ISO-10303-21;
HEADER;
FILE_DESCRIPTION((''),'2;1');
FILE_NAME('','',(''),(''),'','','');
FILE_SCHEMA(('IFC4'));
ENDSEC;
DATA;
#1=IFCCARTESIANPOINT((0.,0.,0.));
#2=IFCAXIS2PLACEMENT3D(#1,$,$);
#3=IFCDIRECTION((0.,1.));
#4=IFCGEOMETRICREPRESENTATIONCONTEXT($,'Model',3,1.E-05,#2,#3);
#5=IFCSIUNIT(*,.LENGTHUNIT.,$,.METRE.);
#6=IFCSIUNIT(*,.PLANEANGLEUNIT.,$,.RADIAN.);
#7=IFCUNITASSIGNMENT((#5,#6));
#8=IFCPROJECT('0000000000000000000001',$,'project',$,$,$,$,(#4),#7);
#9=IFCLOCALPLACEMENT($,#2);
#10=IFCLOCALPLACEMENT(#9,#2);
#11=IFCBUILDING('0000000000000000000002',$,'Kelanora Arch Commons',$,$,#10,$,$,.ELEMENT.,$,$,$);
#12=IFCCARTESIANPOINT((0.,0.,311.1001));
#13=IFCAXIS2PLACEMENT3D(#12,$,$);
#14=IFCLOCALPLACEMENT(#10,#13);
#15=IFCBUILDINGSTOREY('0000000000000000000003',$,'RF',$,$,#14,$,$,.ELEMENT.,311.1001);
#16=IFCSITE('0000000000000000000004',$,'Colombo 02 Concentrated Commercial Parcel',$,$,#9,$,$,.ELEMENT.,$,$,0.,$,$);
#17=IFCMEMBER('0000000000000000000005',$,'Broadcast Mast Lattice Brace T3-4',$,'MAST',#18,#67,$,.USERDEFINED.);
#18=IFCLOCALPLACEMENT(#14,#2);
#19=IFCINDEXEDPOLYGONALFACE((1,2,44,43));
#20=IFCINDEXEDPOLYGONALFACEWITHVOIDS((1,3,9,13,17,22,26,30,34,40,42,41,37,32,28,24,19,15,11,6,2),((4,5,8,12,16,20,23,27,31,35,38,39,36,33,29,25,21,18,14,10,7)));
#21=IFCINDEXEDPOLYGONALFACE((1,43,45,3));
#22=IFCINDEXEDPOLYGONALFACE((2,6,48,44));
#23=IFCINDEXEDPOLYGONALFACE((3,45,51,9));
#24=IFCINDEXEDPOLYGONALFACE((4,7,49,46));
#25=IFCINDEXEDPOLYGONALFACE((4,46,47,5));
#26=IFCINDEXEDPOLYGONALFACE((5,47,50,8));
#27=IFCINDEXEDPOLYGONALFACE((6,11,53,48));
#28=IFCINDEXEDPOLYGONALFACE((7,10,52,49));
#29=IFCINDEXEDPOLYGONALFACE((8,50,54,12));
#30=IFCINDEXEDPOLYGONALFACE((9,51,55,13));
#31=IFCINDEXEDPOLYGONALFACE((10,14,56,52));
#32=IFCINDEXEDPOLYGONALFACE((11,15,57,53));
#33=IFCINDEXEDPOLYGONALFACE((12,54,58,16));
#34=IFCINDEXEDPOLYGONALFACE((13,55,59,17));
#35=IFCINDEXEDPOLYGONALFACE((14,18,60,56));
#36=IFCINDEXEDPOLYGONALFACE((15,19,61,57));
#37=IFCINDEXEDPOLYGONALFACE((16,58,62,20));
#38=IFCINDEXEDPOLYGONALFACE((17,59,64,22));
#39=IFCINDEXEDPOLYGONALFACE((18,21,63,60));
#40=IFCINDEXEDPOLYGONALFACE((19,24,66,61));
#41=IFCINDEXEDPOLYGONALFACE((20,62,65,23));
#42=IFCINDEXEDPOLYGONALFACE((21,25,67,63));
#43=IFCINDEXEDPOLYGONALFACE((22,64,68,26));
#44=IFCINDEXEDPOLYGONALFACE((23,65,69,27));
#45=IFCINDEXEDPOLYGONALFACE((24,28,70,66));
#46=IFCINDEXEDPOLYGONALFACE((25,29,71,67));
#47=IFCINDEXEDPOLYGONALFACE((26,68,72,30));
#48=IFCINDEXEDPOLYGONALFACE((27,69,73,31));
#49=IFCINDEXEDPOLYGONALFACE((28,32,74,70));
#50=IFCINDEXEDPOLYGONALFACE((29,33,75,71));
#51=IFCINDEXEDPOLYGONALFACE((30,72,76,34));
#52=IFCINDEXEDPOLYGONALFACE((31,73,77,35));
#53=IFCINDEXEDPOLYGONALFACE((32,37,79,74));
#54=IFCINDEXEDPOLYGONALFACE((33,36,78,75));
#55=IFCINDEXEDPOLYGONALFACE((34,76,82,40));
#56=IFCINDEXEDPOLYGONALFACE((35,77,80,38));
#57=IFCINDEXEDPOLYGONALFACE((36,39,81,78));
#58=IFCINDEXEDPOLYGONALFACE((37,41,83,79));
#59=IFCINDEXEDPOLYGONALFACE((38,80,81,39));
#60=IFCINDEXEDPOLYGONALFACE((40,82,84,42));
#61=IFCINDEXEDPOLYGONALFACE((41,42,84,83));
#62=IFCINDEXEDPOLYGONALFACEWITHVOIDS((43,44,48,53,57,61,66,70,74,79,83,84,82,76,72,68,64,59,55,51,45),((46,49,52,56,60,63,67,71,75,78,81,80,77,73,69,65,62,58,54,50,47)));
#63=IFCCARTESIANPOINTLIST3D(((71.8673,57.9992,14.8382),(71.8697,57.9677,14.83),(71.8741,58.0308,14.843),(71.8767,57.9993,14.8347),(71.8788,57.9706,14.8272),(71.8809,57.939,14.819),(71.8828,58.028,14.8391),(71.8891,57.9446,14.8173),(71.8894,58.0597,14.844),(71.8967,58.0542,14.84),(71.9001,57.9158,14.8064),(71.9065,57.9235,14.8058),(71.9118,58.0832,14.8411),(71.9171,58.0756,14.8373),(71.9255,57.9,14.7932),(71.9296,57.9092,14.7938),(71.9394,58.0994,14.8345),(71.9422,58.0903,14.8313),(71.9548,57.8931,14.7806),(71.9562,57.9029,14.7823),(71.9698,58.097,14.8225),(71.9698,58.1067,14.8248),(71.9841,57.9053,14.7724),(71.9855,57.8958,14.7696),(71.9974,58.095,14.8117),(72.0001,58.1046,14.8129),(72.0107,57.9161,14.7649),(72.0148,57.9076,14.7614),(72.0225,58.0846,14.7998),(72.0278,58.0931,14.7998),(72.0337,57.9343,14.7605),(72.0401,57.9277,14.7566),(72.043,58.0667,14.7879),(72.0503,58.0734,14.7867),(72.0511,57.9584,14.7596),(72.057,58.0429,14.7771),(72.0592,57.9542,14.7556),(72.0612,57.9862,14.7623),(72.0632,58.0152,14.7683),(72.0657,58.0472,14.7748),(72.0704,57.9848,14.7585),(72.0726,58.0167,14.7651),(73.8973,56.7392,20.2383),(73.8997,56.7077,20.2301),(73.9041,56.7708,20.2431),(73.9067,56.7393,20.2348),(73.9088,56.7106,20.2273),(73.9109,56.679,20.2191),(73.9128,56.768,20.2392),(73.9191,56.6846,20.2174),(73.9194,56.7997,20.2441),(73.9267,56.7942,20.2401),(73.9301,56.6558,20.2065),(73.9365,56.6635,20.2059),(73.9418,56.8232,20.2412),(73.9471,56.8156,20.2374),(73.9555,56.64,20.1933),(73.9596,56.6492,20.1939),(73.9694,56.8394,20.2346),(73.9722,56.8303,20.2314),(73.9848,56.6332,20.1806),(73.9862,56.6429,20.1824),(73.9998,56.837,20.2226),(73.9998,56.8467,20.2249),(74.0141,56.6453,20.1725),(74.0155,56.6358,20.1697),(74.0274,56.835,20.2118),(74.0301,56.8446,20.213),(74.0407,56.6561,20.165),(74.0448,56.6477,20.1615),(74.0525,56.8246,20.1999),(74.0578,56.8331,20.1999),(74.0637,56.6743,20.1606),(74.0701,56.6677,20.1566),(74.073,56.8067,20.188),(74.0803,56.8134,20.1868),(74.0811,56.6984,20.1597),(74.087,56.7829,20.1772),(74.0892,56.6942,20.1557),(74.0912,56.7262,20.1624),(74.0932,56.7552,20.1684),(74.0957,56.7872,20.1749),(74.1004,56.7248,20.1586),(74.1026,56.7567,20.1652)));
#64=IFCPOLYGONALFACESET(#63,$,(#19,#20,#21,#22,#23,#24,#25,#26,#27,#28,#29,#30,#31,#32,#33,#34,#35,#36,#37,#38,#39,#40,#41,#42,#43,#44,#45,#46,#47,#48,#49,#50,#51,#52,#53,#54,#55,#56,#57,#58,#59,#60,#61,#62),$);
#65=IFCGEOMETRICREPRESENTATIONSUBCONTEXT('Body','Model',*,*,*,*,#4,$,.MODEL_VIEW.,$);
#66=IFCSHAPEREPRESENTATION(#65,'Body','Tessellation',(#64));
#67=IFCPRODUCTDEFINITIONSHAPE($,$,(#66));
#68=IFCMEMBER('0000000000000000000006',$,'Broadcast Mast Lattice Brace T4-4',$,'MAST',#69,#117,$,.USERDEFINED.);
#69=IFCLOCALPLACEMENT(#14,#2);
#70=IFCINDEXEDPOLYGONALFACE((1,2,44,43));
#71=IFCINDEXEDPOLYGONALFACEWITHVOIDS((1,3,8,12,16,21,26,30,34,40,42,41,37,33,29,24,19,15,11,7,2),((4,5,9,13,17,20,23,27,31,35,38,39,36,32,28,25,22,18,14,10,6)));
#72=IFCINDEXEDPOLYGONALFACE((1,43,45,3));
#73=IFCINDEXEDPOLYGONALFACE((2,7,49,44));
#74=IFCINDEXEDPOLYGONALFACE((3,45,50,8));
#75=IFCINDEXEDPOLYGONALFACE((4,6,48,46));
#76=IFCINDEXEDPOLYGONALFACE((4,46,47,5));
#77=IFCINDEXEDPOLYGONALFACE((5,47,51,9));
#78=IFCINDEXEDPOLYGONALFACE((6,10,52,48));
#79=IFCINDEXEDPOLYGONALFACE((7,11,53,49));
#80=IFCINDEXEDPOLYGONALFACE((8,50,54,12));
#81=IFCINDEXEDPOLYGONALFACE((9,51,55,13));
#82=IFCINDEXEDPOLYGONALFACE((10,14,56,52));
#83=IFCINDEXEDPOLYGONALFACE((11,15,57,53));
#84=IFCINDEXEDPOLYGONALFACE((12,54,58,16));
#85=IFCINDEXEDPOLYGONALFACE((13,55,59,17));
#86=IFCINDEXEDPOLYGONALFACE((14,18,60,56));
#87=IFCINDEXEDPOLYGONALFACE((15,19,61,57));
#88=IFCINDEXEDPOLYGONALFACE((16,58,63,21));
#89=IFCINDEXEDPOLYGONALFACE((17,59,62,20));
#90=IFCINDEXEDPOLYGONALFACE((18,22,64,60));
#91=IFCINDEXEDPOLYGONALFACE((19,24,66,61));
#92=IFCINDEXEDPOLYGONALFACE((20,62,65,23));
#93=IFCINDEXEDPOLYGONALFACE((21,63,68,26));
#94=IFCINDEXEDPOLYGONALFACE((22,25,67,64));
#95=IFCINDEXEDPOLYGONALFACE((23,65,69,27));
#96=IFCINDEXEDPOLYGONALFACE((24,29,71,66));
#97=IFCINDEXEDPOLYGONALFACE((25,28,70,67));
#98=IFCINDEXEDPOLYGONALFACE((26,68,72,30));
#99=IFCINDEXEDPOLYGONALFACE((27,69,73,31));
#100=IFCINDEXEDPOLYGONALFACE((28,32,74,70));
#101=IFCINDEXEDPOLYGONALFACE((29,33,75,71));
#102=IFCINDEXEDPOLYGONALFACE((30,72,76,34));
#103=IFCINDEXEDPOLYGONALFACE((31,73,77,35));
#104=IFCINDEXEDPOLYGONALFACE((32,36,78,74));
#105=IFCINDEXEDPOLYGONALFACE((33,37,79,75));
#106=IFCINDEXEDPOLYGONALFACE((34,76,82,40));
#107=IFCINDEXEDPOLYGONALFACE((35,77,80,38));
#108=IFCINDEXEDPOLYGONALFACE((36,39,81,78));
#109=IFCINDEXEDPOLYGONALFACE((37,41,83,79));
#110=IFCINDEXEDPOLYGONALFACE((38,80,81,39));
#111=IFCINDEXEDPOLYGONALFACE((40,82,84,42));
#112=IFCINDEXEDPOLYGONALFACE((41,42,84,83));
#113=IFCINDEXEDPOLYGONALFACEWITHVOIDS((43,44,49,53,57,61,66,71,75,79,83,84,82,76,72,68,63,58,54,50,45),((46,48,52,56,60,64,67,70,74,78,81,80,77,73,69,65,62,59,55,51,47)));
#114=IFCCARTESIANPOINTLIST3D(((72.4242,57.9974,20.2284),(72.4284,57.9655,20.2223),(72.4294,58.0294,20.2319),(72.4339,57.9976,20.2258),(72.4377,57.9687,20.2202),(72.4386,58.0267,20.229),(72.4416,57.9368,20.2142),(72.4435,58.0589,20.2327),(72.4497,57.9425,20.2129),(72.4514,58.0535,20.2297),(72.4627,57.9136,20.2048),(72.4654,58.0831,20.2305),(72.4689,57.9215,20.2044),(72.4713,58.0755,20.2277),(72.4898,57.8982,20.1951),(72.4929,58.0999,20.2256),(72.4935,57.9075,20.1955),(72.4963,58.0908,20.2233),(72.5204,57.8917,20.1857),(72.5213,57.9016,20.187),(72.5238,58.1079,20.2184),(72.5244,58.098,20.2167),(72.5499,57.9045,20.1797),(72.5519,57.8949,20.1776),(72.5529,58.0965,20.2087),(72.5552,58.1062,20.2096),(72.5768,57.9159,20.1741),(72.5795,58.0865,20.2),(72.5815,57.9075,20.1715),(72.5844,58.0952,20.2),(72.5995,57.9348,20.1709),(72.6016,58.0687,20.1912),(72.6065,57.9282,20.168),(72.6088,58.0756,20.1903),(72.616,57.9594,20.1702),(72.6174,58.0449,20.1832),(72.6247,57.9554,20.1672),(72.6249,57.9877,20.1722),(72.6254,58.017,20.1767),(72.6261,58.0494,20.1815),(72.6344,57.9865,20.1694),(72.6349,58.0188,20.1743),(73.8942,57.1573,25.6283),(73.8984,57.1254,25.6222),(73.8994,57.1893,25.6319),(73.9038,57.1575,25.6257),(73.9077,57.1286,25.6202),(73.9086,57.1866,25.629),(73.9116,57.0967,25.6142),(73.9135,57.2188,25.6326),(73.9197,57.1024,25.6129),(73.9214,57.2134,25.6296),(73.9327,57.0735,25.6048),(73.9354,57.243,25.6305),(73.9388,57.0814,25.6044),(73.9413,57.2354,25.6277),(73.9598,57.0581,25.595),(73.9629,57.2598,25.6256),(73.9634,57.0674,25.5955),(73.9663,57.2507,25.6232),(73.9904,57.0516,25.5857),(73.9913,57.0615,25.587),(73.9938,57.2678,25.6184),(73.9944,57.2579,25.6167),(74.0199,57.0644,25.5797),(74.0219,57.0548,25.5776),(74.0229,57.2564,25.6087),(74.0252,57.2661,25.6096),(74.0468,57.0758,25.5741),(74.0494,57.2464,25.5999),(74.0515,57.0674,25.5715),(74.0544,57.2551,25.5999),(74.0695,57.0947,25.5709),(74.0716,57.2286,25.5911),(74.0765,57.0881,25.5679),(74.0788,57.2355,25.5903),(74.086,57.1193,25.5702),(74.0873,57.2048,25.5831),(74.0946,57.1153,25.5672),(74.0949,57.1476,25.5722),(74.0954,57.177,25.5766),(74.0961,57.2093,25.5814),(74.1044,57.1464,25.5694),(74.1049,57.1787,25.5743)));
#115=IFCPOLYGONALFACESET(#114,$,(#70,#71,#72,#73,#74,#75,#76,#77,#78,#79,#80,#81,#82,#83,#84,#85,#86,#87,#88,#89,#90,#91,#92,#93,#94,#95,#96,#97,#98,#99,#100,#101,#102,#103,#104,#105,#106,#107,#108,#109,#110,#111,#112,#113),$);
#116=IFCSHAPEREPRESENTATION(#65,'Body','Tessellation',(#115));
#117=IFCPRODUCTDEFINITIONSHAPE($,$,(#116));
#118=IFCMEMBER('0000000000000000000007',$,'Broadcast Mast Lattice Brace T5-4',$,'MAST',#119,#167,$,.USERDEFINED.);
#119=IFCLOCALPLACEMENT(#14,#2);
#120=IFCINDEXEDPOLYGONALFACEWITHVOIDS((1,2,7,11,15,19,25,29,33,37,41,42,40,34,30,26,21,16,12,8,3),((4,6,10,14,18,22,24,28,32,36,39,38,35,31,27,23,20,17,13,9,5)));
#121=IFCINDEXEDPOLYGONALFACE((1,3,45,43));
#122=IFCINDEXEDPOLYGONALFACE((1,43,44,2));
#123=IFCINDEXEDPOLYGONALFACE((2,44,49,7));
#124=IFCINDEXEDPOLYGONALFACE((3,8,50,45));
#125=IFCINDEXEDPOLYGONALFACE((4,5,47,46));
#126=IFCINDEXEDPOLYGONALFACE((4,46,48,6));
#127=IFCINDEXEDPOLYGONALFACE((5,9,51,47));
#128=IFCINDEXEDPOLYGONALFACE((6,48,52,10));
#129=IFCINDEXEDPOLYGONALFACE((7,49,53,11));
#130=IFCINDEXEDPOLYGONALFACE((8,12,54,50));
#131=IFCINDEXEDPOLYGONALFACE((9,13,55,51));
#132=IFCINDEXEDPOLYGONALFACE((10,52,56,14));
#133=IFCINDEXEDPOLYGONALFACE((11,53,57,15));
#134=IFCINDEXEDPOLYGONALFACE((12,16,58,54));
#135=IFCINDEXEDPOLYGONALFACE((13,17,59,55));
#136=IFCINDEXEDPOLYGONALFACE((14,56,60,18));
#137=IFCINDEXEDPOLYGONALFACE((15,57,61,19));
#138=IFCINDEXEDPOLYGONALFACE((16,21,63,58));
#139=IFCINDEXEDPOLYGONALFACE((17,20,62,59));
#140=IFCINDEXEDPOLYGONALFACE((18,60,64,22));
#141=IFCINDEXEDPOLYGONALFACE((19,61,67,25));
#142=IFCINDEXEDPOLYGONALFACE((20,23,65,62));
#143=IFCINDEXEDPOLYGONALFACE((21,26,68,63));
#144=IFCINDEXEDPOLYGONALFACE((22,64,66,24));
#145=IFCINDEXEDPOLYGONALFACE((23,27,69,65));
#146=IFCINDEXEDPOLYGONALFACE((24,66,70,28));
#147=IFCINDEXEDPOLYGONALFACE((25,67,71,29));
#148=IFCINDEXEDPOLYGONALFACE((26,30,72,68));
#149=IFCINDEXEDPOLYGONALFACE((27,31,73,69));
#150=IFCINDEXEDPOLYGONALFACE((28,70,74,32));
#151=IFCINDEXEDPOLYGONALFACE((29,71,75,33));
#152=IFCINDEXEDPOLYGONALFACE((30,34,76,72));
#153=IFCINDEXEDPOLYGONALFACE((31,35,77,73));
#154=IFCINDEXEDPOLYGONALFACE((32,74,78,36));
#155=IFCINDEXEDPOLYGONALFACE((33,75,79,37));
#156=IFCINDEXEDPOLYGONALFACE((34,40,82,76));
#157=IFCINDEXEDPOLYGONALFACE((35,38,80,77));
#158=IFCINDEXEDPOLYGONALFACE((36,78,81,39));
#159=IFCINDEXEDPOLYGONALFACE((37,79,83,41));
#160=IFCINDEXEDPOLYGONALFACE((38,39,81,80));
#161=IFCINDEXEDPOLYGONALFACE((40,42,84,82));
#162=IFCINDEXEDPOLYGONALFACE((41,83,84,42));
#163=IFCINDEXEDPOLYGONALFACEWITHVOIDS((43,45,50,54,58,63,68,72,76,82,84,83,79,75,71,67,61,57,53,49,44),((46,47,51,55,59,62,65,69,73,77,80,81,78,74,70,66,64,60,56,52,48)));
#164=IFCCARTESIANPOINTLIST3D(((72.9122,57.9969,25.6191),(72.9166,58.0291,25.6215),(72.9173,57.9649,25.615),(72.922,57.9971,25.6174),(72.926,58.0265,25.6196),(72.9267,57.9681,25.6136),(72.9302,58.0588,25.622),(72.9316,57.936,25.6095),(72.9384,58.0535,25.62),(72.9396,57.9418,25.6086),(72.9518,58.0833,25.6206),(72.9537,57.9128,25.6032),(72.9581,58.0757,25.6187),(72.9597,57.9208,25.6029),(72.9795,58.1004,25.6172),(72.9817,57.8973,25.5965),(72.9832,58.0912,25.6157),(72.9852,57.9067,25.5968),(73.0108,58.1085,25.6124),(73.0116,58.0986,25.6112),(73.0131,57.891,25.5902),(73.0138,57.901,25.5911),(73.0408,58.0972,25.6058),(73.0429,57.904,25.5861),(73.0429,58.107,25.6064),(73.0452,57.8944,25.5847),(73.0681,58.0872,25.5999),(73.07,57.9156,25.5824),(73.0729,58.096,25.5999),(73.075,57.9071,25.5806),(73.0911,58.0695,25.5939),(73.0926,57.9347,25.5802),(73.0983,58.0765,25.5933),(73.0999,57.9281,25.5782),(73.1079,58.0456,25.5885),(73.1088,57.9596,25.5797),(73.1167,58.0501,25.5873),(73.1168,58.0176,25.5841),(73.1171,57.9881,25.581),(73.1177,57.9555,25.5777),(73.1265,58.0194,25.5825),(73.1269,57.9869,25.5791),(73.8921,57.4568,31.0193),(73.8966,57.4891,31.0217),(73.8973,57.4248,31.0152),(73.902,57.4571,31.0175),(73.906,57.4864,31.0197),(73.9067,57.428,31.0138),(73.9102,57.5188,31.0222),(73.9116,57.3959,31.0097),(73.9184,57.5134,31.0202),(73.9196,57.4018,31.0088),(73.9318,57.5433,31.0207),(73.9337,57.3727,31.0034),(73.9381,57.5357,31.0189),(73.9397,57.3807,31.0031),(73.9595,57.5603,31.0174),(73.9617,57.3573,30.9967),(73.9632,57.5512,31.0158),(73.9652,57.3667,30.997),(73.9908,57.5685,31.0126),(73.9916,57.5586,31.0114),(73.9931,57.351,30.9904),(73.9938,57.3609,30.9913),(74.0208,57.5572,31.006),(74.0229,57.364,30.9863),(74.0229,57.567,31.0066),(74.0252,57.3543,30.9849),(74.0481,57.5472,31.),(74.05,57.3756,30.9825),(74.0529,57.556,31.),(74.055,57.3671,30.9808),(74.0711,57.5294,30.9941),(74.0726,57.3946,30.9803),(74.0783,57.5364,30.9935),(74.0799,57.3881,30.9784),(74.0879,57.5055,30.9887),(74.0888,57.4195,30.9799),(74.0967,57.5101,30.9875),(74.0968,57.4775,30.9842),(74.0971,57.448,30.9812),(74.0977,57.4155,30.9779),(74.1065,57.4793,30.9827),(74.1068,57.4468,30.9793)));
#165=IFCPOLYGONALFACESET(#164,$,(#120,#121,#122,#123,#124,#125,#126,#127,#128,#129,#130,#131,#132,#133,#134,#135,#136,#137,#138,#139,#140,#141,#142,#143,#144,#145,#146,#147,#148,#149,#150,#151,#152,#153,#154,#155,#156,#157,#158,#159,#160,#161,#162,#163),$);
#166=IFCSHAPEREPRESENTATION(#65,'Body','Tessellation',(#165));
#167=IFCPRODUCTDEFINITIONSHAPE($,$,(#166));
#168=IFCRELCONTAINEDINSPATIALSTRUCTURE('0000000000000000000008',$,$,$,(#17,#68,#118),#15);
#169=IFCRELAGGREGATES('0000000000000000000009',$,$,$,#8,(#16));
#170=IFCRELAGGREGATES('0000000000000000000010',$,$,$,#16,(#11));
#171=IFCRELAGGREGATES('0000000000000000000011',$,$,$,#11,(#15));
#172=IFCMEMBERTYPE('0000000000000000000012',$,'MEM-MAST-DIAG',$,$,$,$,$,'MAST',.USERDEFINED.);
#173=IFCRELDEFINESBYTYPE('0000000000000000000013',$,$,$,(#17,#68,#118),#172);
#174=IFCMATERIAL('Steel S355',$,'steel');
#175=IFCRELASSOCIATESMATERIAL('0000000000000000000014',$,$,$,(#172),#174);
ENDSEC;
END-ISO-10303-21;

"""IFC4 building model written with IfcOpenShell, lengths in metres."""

from ifc_helpers import new_model, si_unit, direction, frame, origin, origin_2d, place, context, subcontext, project, spatial, hollow_circle, extrude, material, material_profile, profile_set, type_object, element, save


model = new_model("IFC4")

# Units and contexts
model_context = context("Model", 3, precision=1e-05, world=origin(), true_north=direction((0.0, 1.0)))
body_context = subcontext(model_context, "Body", "Model", "MODEL_VIEW")
ifc_project = project(units=[si_unit("LENGTHUNIT", "METRE"), si_unit("PLANEANGLEUNIT", "RADIAN")], contexts=[model_context])

# Site, building, storey
site_placement = place(None, origin())
site = spatial("IfcSite", under=ifc_project, at=site_placement, Name="Colombo 02 Concentrated Commercial Parcel", CompositionType="ELEMENT", RefElevation=0.0)
building_placement = place(site_placement, origin())
building = spatial("IfcBuilding", under=site, at=building_placement, Name="Kelanora Arch Commons", CompositionType="ELEMENT")
storey_placement = place(building_placement, frame((0.0, 0.0, 311.1001)))
storey = spatial("IfcBuildingStorey", under=building, at=storey_placement, Name="RF", CompositionType="ELEMENT", Elevation=311.1001)

# Members
ifc_material_1 = material(Name="Steel S355", Category="steel")
ifc_material_profile_1 = material_profile(ifc_material_1, hollow_circle(Radius=0.1096, WallThickness=0.01, at=origin_2d()), Name="CHS219.1x10")
ifc_profile_set_1 = profile_set([ifc_material_profile_1], Name="Steel S355")
member_type_1 = type_object("IfcMemberType", Name="MEM-MAST-DIAG", ElementType="MAST", PredefinedType="USERDEFINED", material=ifc_profile_set_1)
member_1_placement = place(storey_placement, frame((71.97, 58.0, 14.7998), z_axis=(0.343776, -0.213376, 0.914488), x_axis=(0.52736, 0.849642, 0.0)))
element("IfcMember", 1, at=member_1_placement, inside=storey, type_object=member_type_1, Name="Broadcast Mast Lattice Brace T3-4", ObjectType="MAST", PredefinedType="USERDEFINED", context=body_context, shape_type="SweptSolid", body=[
    extrude(hollow_circle(Radius=0.1096, WallThickness=0.01, at=origin_2d()), origin(), (0.0, 0.0, 1.0), 5.905),
])
member_2_placement = place(storey_placement, frame((72.53, 58.0, 20.2), z_axis=(0.259753, -0.148449, 0.954197), x_axis=(0.496186, 0.868217, 0.0)))
element("IfcMember", 2, at=member_2_placement, inside=storey, type_object=member_type_1, Name="Broadcast Mast Lattice Brace T4-4", ObjectType="MAST", PredefinedType="USERDEFINED", context=body_context, shape_type="SweptSolid", body=[
    extrude(hollow_circle(Radius=0.1096, WallThickness=0.01, at=origin_2d()), origin(), (0.0, 0.0, 1.0), 5.6592),
])
member_3_placement = place(storey_placement, frame((73.02, 58.0, 25.5999), z_axis=(0.177698, -0.097924, 0.979201), x_axis=(0.482639, 0.875819, 0.0)))
element("IfcMember", 3, at=member_3_placement, inside=storey, type_object=member_type_1, Name="Broadcast Mast Lattice Brace T5-4", ObjectType="MAST", PredefinedType="USERDEFINED", context=body_context, shape_type="SweptSolid", body=[
    extrude(hollow_circle(Radius=0.1096, WallThickness=0.01, at=origin_2d()), origin(), (0.0, 0.0, 1.0), 5.5149),
])

save(model, "model.ifc")
